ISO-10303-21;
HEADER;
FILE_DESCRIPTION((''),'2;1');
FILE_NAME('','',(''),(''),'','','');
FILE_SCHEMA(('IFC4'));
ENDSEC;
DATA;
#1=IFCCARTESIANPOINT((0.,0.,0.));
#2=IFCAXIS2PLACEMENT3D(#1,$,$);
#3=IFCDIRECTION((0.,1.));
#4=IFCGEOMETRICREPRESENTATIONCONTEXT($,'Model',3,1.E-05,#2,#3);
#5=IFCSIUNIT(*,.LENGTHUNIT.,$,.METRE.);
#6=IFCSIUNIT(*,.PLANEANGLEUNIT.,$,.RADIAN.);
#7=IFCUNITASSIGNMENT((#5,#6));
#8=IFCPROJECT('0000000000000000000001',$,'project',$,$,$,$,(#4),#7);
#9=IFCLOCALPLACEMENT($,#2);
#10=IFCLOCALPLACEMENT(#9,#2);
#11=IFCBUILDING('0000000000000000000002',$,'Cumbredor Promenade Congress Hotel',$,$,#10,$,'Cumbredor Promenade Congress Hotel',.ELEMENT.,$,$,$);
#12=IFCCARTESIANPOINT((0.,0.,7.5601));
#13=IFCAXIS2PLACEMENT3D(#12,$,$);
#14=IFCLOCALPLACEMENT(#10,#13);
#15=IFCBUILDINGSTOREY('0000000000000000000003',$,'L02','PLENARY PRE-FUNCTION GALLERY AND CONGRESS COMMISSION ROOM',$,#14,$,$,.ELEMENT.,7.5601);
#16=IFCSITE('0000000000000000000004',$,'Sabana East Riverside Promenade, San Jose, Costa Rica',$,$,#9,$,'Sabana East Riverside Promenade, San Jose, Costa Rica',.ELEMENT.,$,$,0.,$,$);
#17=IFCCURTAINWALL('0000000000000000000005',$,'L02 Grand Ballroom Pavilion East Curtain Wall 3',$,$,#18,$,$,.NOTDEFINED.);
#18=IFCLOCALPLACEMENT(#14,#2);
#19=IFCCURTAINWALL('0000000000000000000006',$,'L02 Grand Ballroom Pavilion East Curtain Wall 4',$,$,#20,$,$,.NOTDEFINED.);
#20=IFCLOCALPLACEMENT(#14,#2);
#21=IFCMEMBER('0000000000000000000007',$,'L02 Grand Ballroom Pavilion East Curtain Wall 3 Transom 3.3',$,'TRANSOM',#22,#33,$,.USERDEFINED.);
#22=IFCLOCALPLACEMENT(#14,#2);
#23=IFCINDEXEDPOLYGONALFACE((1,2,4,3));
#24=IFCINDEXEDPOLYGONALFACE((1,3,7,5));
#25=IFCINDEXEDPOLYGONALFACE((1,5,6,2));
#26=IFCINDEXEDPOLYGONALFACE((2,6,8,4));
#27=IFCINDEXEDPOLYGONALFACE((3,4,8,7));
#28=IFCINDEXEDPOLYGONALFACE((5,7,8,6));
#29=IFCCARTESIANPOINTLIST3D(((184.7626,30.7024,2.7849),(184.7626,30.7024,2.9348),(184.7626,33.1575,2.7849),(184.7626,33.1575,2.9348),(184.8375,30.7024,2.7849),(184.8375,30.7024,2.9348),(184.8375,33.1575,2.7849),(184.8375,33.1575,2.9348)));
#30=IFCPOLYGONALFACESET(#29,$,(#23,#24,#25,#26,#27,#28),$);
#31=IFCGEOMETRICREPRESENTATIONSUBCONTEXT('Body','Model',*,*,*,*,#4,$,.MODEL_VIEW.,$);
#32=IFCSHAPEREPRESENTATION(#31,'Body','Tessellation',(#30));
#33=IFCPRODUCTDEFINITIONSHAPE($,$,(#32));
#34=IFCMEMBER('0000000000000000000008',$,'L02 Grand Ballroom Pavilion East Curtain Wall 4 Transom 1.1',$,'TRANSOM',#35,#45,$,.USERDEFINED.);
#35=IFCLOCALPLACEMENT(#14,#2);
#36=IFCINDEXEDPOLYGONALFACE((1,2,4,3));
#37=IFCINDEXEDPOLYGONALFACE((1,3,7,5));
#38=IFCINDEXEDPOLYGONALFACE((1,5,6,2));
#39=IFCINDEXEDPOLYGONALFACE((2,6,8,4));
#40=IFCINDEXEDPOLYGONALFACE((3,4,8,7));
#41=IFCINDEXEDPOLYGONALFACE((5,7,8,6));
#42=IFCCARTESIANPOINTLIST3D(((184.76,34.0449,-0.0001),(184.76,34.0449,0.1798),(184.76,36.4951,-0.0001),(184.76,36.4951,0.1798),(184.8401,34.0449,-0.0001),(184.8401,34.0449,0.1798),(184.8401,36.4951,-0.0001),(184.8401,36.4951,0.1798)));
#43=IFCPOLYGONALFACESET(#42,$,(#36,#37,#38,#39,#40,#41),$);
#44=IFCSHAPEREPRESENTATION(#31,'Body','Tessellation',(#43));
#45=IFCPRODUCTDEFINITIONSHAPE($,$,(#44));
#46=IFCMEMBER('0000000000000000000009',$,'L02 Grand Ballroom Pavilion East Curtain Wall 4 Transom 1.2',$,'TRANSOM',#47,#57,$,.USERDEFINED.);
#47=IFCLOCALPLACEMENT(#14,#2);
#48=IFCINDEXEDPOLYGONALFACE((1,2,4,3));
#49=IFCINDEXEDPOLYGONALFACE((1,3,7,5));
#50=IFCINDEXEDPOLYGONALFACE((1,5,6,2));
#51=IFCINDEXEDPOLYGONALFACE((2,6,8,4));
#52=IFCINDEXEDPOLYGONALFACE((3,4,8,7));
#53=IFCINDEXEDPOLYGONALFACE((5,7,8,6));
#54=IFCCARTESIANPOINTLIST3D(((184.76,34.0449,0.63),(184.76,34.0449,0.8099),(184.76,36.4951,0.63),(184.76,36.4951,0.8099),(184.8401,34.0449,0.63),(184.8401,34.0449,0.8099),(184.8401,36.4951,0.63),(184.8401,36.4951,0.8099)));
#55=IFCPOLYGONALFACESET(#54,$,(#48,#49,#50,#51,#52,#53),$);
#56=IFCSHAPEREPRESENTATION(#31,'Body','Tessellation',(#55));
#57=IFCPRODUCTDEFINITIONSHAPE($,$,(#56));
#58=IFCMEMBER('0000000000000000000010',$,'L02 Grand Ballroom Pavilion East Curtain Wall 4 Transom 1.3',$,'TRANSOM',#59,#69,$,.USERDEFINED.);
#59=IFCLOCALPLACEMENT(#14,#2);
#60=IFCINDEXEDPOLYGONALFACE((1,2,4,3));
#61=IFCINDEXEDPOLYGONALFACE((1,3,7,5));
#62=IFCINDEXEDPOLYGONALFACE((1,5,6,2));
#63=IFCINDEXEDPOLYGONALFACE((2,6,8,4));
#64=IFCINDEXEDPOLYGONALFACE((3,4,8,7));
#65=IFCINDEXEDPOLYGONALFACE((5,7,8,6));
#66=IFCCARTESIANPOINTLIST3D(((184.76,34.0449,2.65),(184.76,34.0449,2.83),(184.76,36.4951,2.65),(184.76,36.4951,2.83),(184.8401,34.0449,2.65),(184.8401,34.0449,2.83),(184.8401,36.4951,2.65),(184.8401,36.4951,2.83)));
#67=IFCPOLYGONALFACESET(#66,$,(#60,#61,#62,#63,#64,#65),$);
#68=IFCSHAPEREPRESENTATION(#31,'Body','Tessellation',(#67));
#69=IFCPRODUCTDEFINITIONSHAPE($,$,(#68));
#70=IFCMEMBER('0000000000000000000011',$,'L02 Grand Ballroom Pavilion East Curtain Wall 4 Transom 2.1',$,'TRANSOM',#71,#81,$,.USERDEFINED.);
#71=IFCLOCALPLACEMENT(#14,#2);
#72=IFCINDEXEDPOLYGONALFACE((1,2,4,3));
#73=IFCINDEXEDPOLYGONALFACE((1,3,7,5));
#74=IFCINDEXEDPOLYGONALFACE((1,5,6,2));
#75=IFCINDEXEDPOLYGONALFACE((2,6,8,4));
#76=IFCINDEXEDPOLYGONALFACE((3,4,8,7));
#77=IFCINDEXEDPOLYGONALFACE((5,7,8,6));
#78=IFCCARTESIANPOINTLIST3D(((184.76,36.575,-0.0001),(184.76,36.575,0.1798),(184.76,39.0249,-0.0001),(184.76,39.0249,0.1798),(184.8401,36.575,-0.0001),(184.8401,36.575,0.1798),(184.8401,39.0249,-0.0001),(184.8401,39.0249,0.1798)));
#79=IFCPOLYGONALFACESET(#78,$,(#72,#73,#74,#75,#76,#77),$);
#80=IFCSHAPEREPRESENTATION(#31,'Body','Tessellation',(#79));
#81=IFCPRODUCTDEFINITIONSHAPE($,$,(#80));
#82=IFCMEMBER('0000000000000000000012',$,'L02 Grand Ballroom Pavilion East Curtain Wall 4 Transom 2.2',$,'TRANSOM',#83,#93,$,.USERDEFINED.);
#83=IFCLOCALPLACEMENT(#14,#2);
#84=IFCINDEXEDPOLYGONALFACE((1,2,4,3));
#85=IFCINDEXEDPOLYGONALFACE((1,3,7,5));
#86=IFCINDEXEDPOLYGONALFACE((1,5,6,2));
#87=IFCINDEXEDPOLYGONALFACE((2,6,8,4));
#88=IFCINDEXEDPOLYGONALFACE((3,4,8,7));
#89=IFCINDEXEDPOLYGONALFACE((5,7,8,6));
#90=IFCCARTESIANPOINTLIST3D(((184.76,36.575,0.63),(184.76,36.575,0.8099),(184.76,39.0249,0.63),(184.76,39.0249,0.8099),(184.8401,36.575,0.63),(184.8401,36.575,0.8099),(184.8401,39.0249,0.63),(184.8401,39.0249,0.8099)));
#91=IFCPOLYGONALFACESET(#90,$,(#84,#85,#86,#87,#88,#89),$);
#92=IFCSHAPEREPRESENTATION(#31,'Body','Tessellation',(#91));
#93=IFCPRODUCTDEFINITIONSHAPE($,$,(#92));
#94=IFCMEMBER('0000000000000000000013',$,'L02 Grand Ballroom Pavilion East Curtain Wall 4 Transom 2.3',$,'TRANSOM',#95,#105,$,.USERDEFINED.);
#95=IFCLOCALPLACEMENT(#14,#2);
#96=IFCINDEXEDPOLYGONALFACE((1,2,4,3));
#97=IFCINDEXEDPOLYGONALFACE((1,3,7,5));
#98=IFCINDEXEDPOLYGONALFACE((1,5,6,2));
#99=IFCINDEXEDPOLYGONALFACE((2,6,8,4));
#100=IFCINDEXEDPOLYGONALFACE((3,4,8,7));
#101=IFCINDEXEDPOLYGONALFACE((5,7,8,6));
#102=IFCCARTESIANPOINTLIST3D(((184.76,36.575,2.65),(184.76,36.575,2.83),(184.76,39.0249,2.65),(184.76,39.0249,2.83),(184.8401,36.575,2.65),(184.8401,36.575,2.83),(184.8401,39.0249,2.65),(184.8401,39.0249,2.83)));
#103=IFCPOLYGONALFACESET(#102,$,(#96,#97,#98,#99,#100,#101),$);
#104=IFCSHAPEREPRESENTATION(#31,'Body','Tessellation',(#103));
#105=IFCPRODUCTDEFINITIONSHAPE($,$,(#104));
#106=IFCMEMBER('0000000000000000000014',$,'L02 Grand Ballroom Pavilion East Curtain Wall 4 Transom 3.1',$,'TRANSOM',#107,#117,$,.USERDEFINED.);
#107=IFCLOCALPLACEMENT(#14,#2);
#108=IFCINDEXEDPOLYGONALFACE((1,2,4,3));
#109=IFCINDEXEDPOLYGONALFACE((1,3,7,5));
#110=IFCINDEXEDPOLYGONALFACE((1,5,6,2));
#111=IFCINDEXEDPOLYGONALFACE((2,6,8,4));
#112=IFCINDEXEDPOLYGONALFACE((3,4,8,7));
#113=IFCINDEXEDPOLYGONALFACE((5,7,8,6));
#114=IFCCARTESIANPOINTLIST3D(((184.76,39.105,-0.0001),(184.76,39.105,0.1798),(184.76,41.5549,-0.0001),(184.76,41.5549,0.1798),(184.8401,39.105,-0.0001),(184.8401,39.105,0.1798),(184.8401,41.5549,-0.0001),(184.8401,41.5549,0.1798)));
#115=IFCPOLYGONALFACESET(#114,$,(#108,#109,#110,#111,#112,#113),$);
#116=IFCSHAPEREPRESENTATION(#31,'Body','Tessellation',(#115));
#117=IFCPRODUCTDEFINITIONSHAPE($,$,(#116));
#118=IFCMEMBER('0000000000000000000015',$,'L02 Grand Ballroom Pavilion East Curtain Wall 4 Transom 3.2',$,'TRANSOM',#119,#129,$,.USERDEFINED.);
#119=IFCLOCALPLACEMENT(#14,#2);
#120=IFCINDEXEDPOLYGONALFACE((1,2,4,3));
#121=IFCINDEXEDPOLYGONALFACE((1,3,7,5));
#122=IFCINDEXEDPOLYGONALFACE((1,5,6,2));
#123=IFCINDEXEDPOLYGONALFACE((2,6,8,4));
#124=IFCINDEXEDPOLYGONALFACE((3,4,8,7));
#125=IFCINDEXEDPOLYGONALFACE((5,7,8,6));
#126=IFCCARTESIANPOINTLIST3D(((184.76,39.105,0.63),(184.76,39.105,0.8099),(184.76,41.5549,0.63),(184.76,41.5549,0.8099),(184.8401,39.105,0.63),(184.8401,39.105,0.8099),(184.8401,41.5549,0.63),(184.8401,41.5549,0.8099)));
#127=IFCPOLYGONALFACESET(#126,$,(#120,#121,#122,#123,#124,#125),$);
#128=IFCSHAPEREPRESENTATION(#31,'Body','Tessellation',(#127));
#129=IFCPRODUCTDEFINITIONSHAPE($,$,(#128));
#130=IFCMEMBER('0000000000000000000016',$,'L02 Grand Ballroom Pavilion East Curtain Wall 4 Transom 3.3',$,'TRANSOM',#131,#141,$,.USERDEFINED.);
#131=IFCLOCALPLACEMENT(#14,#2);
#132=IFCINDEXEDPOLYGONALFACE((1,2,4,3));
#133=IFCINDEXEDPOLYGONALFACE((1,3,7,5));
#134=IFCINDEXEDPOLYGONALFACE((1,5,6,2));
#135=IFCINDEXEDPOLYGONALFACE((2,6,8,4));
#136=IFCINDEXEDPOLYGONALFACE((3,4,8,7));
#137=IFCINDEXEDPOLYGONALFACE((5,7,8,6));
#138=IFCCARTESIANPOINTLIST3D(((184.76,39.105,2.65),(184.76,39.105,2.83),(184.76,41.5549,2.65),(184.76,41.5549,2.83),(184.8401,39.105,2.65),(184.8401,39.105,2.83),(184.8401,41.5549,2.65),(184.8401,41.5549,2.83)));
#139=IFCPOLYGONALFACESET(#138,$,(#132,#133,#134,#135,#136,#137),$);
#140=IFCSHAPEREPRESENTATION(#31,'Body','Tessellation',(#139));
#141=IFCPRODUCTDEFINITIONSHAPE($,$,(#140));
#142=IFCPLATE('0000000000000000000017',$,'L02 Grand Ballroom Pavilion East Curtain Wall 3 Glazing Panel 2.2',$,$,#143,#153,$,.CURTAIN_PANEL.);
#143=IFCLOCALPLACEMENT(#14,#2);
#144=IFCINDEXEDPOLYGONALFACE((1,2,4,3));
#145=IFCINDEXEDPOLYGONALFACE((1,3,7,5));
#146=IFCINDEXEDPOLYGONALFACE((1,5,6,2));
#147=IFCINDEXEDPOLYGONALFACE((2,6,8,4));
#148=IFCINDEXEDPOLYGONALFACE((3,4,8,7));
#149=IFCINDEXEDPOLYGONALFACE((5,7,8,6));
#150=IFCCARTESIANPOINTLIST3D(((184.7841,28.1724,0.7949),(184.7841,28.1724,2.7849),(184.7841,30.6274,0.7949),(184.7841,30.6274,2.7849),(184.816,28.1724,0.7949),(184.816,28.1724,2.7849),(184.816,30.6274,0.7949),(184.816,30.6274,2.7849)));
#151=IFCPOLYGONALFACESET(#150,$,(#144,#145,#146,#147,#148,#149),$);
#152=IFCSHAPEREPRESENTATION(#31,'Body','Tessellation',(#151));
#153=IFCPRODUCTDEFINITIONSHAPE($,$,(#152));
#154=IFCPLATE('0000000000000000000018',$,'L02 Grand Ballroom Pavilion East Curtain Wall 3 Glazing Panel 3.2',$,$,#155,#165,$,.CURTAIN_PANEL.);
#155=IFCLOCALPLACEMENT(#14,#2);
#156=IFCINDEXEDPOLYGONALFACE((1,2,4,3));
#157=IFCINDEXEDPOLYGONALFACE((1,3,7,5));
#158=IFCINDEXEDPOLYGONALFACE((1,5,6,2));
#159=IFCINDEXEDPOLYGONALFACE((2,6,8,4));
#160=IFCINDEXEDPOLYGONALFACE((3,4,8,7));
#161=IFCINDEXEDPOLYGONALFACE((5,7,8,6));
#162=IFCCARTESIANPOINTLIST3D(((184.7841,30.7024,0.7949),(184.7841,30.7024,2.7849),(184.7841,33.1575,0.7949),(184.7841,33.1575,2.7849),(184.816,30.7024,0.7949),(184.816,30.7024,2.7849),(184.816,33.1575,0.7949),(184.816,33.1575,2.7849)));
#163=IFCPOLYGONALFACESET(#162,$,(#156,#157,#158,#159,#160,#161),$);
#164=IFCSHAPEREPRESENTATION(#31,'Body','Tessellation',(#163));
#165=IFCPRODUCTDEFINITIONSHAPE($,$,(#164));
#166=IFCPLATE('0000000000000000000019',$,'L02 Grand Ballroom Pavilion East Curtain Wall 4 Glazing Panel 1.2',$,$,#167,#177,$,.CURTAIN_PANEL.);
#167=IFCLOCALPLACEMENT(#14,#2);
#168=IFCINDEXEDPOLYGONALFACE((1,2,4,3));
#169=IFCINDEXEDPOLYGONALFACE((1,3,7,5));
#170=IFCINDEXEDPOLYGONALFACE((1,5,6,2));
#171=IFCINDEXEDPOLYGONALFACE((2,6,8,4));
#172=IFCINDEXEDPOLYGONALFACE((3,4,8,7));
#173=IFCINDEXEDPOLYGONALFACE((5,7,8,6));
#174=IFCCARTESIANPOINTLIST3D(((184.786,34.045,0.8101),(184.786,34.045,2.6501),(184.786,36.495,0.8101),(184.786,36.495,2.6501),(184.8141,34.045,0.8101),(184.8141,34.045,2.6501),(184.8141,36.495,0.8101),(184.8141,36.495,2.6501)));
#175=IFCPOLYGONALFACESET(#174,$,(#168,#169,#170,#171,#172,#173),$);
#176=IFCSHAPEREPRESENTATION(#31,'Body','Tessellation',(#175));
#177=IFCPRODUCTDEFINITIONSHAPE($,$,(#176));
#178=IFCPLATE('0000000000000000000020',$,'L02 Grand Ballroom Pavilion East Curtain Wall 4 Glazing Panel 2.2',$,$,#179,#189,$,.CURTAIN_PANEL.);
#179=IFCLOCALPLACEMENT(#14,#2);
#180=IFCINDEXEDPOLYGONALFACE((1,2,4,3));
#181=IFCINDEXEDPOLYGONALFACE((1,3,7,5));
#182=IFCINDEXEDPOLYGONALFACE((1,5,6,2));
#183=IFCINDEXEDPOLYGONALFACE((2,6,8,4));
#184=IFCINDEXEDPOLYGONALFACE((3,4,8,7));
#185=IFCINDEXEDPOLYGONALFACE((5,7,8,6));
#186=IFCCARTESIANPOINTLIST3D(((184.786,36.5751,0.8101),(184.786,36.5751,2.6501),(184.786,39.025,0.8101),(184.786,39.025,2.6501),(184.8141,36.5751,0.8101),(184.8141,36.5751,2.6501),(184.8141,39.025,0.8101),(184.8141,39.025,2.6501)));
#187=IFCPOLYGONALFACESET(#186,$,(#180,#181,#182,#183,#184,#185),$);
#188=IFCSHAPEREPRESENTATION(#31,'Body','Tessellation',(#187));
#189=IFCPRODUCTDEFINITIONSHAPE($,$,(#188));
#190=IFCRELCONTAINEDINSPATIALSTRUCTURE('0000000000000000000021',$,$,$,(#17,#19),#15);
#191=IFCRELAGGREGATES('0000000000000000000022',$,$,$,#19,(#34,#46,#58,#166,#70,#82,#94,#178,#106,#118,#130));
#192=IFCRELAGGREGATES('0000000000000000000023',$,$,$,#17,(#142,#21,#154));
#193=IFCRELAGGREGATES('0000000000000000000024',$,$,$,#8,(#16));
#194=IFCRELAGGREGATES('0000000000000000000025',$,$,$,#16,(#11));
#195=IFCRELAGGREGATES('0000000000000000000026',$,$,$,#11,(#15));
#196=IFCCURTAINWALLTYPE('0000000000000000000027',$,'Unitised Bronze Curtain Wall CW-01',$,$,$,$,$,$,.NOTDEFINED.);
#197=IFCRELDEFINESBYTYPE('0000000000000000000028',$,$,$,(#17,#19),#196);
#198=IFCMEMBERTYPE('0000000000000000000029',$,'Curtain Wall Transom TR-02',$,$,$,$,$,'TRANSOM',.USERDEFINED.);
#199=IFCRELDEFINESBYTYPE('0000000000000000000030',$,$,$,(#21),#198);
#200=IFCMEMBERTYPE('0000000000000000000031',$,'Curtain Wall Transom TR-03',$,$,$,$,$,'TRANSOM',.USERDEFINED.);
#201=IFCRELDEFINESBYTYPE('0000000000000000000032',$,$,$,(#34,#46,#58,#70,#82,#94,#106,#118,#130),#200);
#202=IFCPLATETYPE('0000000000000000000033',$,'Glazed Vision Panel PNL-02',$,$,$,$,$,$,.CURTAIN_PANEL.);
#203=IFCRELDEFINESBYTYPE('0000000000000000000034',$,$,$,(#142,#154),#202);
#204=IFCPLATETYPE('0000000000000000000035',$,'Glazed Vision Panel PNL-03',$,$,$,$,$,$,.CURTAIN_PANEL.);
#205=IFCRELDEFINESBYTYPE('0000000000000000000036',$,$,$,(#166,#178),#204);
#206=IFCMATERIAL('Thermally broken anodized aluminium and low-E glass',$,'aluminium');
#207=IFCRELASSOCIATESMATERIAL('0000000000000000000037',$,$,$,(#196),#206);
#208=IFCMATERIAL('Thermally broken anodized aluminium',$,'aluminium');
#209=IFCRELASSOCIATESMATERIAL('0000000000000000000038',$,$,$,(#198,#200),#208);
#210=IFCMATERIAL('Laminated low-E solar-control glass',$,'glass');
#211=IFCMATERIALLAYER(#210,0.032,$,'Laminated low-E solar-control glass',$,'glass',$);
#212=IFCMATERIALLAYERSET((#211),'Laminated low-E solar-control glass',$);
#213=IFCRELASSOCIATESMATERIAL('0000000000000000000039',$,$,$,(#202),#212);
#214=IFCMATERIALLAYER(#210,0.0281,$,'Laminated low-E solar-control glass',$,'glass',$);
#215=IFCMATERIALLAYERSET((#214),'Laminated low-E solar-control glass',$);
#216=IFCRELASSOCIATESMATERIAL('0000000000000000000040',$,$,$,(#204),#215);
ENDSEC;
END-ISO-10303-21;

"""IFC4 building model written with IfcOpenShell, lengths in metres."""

from ifc_helpers import new_model, si_unit, direction, frame, origin, origin_2d, place, context, subcontext, project, spatial, rectangle, extrude, material, layer, layer_set, material_profile, profile_set, type_object, element, aggregate, save


model = new_model("IFC4")

# Units and contexts
model_context = context("Model", 3, precision=1e-05, world=origin(), true_north=direction((0.0, 1.0)))
body_context = subcontext(model_context, "Body", "Model", "MODEL_VIEW")
ifc_project = project(units=[si_unit("LENGTHUNIT", "METRE"), si_unit("PLANEANGLEUNIT", "RADIAN")], contexts=[model_context])

# Site, building, storey
site_placement = place(None, origin())
site = spatial("IfcSite", under=ifc_project, at=site_placement, Name="Sabana East Riverside Promenade, San Jose, Costa Rica", LongName="Sabana East Riverside Promenade, San Jose, Costa Rica", CompositionType="ELEMENT", RefElevation=0.0)
building_placement = place(site_placement, origin())
building = spatial("IfcBuilding", under=site, at=building_placement, Name="Cumbredor Promenade Congress Hotel", LongName="Cumbredor Promenade Congress Hotel", CompositionType="ELEMENT")
storey_placement = place(building_placement, frame((0.0, 0.0, 7.5601)))
storey = spatial("IfcBuildingStorey", under=building, at=storey_placement, Name="L02", Description="PLENARY PRE-FUNCTION GALLERY AND CONGRESS COMMISSION ROOM", CompositionType="ELEMENT", Elevation=7.5601)

# Curtain walls
ifc_material_1 = material(Name="Thermally broken anodized aluminium and low-E glass", Category="aluminium")
curtain_wall_type = type_object("IfcCurtainWallType", Name="Unitised Bronze Curtain Wall CW-01", PredefinedType="NOTDEFINED", material=ifc_material_1)
curtain_wall_1_placement = place(storey_placement, origin())
curtain_wall_1 = element("IfcCurtainWall", 1, at=curtain_wall_1_placement, inside=storey, type_object=curtain_wall_type, Name="L02 Grand Ballroom Pavilion East Curtain Wall 3", PredefinedType="NOTDEFINED")
ifc_material_2 = material(Name="Thermally broken anodized aluminium", Category="aluminium")
curtain_wall_2_placement = place(storey_placement, origin())
curtain_wall_2 = element("IfcCurtainWall", 2, at=curtain_wall_2_placement, inside=storey, type_object=curtain_wall_type, Name="L02 Grand Ballroom Pavilion East Curtain Wall 4", PredefinedType="NOTDEFINED")

# Members
ifc_material_profile_1 = material_profile(ifc_material_2, rectangle(XDim=0.075, YDim=0.1499, at=origin_2d()), Name="ALU TRANSOM 75x150")
ifc_profile_set_1 = profile_set([ifc_material_profile_1], Name="Thermally broken anodized aluminium")
member_type_1 = type_object("IfcMemberType", Name="Curtain Wall Transom TR-02", ElementType="TRANSOM", PredefinedType="USERDEFINED", material=ifc_profile_set_1)
member_1_placement = place(storey_placement, frame((184.8, 30.7024, 2.8599), z_axis=(0.0, 1.0, 0.0), x_axis=(-1.0, 0.0, 0.0)))
member_1 = element("IfcMember", 3, at=member_1_placement, type_object=member_type_1, Name="L02 Grand Ballroom Pavilion East Curtain Wall 3 Transom 3.3", ObjectType="TRANSOM", PredefinedType="USERDEFINED", context=body_context, shape_type="SweptSolid", body=[
    extrude(rectangle(XDim=0.075, YDim=0.1499, at=origin_2d()), origin(), (0.0, 0.0, 1.0), 2.4551),
])
ifc_material_profile_2 = material_profile(ifc_material_2, rectangle(XDim=0.0801, YDim=0.1799, at=origin_2d()), Name="ALU TRANSOM 80x180")
ifc_profile_set_2 = profile_set([ifc_material_profile_2], Name="Thermally broken anodized aluminium")
member_type_2 = type_object("IfcMemberType", Name="Curtain Wall Transom TR-03", ElementType="TRANSOM", PredefinedType="USERDEFINED", material=ifc_profile_set_2)
member_2_placement = place(storey_placement, frame((184.8, 34.0449, 0.0898), z_axis=(0.0, 1.0, 0.0), x_axis=(-1.0, 0.0, 0.0)))
member_2 = element("IfcMember", 4, at=member_2_placement, type_object=member_type_2, Name="L02 Grand Ballroom Pavilion East Curtain Wall 4 Transom 1.1", ObjectType="TRANSOM", PredefinedType="USERDEFINED", context=body_context, shape_type="SweptSolid", body=[
    extrude(rectangle(XDim=0.0801, YDim=0.1799, at=origin_2d()), origin(), (0.0, 0.0, 1.0), 2.4502),
])
member_3_placement = place(storey_placement, frame((184.8, 34.0449, 0.72), z_axis=(0.0, 1.0, 0.0), x_axis=(-1.0, 0.0, 0.0)))
member_3 = element("IfcMember", 5, at=member_3_placement, type_object=member_type_2, Name="L02 Grand Ballroom Pavilion East Curtain Wall 4 Transom 1.2", ObjectType="TRANSOM", PredefinedType="USERDEFINED", context=body_context, shape_type="SweptSolid", body=[
    extrude(rectangle(XDim=0.0801, YDim=0.1799, at=origin_2d()), origin(), (0.0, 0.0, 1.0), 2.4502),
])
member_4_placement = place(storey_placement, frame((184.8, 34.0449, 2.74), z_axis=(0.0, 1.0, 0.0), x_axis=(-1.0, 0.0, 0.0)))
member_4 = element("IfcMember", 6, at=member_4_placement, type_object=member_type_2, Name="L02 Grand Ballroom Pavilion East Curtain Wall 4 Transom 1.3", ObjectType="TRANSOM", PredefinedType="USERDEFINED", context=body_context, shape_type="SweptSolid", body=[
    extrude(rectangle(XDim=0.0801, YDim=0.1799, at=origin_2d()), origin(), (0.0, 0.0, 1.0), 2.4502),
])
member_5_placement = place(storey_placement, frame((184.8, 36.575, 0.0898), z_axis=(0.0, 1.0, 0.0), x_axis=(-1.0, 0.0, 0.0)))
member_5 = element("IfcMember", 7, at=member_5_placement, type_object=member_type_2, Name="L02 Grand Ballroom Pavilion East Curtain Wall 4 Transom 2.1", ObjectType="TRANSOM", PredefinedType="USERDEFINED", context=body_context, shape_type="SweptSolid", body=[
    extrude(rectangle(XDim=0.0801, YDim=0.1799, at=origin_2d()), origin(), (0.0, 0.0, 1.0), 2.45),
])
member_6_placement = place(storey_placement, frame((184.8, 36.575, 0.72), z_axis=(0.0, 1.0, 0.0), x_axis=(-1.0, 0.0, 0.0)))
member_6 = element("IfcMember", 8, at=member_6_placement, type_object=member_type_2, Name="L02 Grand Ballroom Pavilion East Curtain Wall 4 Transom 2.2", ObjectType="TRANSOM", PredefinedType="USERDEFINED", context=body_context, shape_type="SweptSolid", body=[
    extrude(rectangle(XDim=0.0801, YDim=0.1799, at=origin_2d()), origin(), (0.0, 0.0, 1.0), 2.45),
])
member_7_placement = place(storey_placement, frame((184.8, 36.575, 2.74), z_axis=(0.0, 1.0, 0.0), x_axis=(-1.0, 0.0, 0.0)))
member_7 = element("IfcMember", 9, at=member_7_placement, type_object=member_type_2, Name="L02 Grand Ballroom Pavilion East Curtain Wall 4 Transom 2.3", ObjectType="TRANSOM", PredefinedType="USERDEFINED", context=body_context, shape_type="SweptSolid", body=[
    extrude(rectangle(XDim=0.0801, YDim=0.1799, at=origin_2d()), origin(), (0.0, 0.0, 1.0), 2.45),
])
member_8_placement = place(storey_placement, frame((184.8, 39.105, 0.0898), z_axis=(0.0, 1.0, 0.0), x_axis=(-1.0, 0.0, 0.0)))
member_8 = element("IfcMember", 10, at=member_8_placement, type_object=member_type_2, Name="L02 Grand Ballroom Pavilion East Curtain Wall 4 Transom 3.1", ObjectType="TRANSOM", PredefinedType="USERDEFINED", context=body_context, shape_type="SweptSolid", body=[
    extrude(rectangle(XDim=0.0801, YDim=0.1799, at=origin_2d()), origin(), (0.0, 0.0, 1.0), 2.45),
])
member_9_placement = place(storey_placement, frame((184.8, 39.105, 0.72), z_axis=(0.0, 1.0, 0.0), x_axis=(-1.0, 0.0, 0.0)))
member_9 = element("IfcMember", 11, at=member_9_placement, type_object=member_type_2, Name="L02 Grand Ballroom Pavilion East Curtain Wall 4 Transom 3.2", ObjectType="TRANSOM", PredefinedType="USERDEFINED", context=body_context, shape_type="SweptSolid", body=[
    extrude(rectangle(XDim=0.0801, YDim=0.1799, at=origin_2d()), origin(), (0.0, 0.0, 1.0), 2.45),
])
member_10_placement = place(storey_placement, frame((184.8, 39.105, 2.74), z_axis=(0.0, 1.0, 0.0), x_axis=(-1.0, 0.0, 0.0)))
member_10 = element("IfcMember", 12, at=member_10_placement, type_object=member_type_2, Name="L02 Grand Ballroom Pavilion East Curtain Wall 4 Transom 3.3", ObjectType="TRANSOM", PredefinedType="USERDEFINED", context=body_context, shape_type="SweptSolid", body=[
    extrude(rectangle(XDim=0.0801, YDim=0.1799, at=origin_2d()), origin(), (0.0, 0.0, 1.0), 2.45),
])

# Plates
ifc_material_3 = material(Name="Laminated low-E solar-control glass", Category="glass")
ifc_layer_1 = layer(ifc_material_3, 0.032, Name="Laminated low-E solar-control glass", Category="glass")
ifc_layer_set_1 = layer_set([ifc_layer_1], Name="Laminated low-E solar-control glass")
plate_type_1 = type_object("IfcPlateType", Name="Glazed Vision Panel PNL-02", PredefinedType="CURTAIN_PANEL", material=ifc_layer_set_1)
plate_1_placement = place(storey_placement, frame((184.8, 29.3999, 0.7949), z_axis=(0.0, 0.0, 1.0), x_axis=(0.0, 1.0, 0.0)))
plate_1 = element("IfcPlate", 13, at=plate_1_placement, type_object=plate_type_1, Name="L02 Grand Ballroom Pavilion East Curtain Wall 3 Glazing Panel 2.2", PredefinedType="CURTAIN_PANEL", context=body_context, shape_type="SweptSolid", body=[
    extrude(rectangle(XDim=2.4551, YDim=0.032, at=origin_2d()), origin(), (0.0, 0.0, 1.0), 1.99),
])
plate_2_placement = place(storey_placement, frame((184.8, 31.9299, 0.7949), z_axis=(0.0, 0.0, 1.0), x_axis=(0.0, 1.0, 0.0)))
plate_2 = element("IfcPlate", 14, at=plate_2_placement, type_object=plate_type_1, Name="L02 Grand Ballroom Pavilion East Curtain Wall 3 Glazing Panel 3.2", PredefinedType="CURTAIN_PANEL", context=body_context, shape_type="SweptSolid", body=[
    extrude(rectangle(XDim=2.4551, YDim=0.032, at=origin_2d()), origin(), (0.0, 0.0, 1.0), 1.99),
])
ifc_layer_2 = layer(ifc_material_3, 0.0281, Name="Laminated low-E solar-control glass", Category="glass")
ifc_layer_set_2 = layer_set([ifc_layer_2], Name="Laminated low-E solar-control glass")
plate_type_2 = type_object("IfcPlateType", Name="Glazed Vision Panel PNL-03", PredefinedType="CURTAIN_PANEL", material=ifc_layer_set_2)
plate_3_placement = place(storey_placement, frame((184.8, 35.27, 0.8101), z_axis=(0.0, 0.0, 1.0), x_axis=(0.0, 1.0, 0.0)))
plate_3 = element("IfcPlate", 15, at=plate_3_placement, type_object=plate_type_2, Name="L02 Grand Ballroom Pavilion East Curtain Wall 4 Glazing Panel 1.2", PredefinedType="CURTAIN_PANEL", context=body_context, shape_type="SweptSolid", body=[
    extrude(rectangle(XDim=2.45, YDim=0.0281, at=origin_2d()), origin(), (0.0, 0.0, 1.0), 1.8401),
])
plate_4_placement = place(storey_placement, frame((184.8, 37.8, 0.8101), z_axis=(0.0, 0.0, 1.0), x_axis=(0.0, 1.0, 0.0)))
plate_4 = element("IfcPlate", 16, at=plate_4_placement, type_object=plate_type_2, Name="L02 Grand Ballroom Pavilion East Curtain Wall 4 Glazing Panel 2.2", PredefinedType="CURTAIN_PANEL", context=body_context, shape_type="SweptSolid", body=[
    extrude(rectangle(XDim=2.45, YDim=0.0281, at=origin_2d()), origin(), (0.0, 0.0, 1.0), 1.8401),
])
aggregate(curtain_wall_2, [member_2, member_3, member_4, plate_3, member_5, member_6, member_7, plate_4, member_8, member_9, member_10])
aggregate(curtain_wall_1, [plate_1, member_1, plate_2])

save(model, "model.ifc")
